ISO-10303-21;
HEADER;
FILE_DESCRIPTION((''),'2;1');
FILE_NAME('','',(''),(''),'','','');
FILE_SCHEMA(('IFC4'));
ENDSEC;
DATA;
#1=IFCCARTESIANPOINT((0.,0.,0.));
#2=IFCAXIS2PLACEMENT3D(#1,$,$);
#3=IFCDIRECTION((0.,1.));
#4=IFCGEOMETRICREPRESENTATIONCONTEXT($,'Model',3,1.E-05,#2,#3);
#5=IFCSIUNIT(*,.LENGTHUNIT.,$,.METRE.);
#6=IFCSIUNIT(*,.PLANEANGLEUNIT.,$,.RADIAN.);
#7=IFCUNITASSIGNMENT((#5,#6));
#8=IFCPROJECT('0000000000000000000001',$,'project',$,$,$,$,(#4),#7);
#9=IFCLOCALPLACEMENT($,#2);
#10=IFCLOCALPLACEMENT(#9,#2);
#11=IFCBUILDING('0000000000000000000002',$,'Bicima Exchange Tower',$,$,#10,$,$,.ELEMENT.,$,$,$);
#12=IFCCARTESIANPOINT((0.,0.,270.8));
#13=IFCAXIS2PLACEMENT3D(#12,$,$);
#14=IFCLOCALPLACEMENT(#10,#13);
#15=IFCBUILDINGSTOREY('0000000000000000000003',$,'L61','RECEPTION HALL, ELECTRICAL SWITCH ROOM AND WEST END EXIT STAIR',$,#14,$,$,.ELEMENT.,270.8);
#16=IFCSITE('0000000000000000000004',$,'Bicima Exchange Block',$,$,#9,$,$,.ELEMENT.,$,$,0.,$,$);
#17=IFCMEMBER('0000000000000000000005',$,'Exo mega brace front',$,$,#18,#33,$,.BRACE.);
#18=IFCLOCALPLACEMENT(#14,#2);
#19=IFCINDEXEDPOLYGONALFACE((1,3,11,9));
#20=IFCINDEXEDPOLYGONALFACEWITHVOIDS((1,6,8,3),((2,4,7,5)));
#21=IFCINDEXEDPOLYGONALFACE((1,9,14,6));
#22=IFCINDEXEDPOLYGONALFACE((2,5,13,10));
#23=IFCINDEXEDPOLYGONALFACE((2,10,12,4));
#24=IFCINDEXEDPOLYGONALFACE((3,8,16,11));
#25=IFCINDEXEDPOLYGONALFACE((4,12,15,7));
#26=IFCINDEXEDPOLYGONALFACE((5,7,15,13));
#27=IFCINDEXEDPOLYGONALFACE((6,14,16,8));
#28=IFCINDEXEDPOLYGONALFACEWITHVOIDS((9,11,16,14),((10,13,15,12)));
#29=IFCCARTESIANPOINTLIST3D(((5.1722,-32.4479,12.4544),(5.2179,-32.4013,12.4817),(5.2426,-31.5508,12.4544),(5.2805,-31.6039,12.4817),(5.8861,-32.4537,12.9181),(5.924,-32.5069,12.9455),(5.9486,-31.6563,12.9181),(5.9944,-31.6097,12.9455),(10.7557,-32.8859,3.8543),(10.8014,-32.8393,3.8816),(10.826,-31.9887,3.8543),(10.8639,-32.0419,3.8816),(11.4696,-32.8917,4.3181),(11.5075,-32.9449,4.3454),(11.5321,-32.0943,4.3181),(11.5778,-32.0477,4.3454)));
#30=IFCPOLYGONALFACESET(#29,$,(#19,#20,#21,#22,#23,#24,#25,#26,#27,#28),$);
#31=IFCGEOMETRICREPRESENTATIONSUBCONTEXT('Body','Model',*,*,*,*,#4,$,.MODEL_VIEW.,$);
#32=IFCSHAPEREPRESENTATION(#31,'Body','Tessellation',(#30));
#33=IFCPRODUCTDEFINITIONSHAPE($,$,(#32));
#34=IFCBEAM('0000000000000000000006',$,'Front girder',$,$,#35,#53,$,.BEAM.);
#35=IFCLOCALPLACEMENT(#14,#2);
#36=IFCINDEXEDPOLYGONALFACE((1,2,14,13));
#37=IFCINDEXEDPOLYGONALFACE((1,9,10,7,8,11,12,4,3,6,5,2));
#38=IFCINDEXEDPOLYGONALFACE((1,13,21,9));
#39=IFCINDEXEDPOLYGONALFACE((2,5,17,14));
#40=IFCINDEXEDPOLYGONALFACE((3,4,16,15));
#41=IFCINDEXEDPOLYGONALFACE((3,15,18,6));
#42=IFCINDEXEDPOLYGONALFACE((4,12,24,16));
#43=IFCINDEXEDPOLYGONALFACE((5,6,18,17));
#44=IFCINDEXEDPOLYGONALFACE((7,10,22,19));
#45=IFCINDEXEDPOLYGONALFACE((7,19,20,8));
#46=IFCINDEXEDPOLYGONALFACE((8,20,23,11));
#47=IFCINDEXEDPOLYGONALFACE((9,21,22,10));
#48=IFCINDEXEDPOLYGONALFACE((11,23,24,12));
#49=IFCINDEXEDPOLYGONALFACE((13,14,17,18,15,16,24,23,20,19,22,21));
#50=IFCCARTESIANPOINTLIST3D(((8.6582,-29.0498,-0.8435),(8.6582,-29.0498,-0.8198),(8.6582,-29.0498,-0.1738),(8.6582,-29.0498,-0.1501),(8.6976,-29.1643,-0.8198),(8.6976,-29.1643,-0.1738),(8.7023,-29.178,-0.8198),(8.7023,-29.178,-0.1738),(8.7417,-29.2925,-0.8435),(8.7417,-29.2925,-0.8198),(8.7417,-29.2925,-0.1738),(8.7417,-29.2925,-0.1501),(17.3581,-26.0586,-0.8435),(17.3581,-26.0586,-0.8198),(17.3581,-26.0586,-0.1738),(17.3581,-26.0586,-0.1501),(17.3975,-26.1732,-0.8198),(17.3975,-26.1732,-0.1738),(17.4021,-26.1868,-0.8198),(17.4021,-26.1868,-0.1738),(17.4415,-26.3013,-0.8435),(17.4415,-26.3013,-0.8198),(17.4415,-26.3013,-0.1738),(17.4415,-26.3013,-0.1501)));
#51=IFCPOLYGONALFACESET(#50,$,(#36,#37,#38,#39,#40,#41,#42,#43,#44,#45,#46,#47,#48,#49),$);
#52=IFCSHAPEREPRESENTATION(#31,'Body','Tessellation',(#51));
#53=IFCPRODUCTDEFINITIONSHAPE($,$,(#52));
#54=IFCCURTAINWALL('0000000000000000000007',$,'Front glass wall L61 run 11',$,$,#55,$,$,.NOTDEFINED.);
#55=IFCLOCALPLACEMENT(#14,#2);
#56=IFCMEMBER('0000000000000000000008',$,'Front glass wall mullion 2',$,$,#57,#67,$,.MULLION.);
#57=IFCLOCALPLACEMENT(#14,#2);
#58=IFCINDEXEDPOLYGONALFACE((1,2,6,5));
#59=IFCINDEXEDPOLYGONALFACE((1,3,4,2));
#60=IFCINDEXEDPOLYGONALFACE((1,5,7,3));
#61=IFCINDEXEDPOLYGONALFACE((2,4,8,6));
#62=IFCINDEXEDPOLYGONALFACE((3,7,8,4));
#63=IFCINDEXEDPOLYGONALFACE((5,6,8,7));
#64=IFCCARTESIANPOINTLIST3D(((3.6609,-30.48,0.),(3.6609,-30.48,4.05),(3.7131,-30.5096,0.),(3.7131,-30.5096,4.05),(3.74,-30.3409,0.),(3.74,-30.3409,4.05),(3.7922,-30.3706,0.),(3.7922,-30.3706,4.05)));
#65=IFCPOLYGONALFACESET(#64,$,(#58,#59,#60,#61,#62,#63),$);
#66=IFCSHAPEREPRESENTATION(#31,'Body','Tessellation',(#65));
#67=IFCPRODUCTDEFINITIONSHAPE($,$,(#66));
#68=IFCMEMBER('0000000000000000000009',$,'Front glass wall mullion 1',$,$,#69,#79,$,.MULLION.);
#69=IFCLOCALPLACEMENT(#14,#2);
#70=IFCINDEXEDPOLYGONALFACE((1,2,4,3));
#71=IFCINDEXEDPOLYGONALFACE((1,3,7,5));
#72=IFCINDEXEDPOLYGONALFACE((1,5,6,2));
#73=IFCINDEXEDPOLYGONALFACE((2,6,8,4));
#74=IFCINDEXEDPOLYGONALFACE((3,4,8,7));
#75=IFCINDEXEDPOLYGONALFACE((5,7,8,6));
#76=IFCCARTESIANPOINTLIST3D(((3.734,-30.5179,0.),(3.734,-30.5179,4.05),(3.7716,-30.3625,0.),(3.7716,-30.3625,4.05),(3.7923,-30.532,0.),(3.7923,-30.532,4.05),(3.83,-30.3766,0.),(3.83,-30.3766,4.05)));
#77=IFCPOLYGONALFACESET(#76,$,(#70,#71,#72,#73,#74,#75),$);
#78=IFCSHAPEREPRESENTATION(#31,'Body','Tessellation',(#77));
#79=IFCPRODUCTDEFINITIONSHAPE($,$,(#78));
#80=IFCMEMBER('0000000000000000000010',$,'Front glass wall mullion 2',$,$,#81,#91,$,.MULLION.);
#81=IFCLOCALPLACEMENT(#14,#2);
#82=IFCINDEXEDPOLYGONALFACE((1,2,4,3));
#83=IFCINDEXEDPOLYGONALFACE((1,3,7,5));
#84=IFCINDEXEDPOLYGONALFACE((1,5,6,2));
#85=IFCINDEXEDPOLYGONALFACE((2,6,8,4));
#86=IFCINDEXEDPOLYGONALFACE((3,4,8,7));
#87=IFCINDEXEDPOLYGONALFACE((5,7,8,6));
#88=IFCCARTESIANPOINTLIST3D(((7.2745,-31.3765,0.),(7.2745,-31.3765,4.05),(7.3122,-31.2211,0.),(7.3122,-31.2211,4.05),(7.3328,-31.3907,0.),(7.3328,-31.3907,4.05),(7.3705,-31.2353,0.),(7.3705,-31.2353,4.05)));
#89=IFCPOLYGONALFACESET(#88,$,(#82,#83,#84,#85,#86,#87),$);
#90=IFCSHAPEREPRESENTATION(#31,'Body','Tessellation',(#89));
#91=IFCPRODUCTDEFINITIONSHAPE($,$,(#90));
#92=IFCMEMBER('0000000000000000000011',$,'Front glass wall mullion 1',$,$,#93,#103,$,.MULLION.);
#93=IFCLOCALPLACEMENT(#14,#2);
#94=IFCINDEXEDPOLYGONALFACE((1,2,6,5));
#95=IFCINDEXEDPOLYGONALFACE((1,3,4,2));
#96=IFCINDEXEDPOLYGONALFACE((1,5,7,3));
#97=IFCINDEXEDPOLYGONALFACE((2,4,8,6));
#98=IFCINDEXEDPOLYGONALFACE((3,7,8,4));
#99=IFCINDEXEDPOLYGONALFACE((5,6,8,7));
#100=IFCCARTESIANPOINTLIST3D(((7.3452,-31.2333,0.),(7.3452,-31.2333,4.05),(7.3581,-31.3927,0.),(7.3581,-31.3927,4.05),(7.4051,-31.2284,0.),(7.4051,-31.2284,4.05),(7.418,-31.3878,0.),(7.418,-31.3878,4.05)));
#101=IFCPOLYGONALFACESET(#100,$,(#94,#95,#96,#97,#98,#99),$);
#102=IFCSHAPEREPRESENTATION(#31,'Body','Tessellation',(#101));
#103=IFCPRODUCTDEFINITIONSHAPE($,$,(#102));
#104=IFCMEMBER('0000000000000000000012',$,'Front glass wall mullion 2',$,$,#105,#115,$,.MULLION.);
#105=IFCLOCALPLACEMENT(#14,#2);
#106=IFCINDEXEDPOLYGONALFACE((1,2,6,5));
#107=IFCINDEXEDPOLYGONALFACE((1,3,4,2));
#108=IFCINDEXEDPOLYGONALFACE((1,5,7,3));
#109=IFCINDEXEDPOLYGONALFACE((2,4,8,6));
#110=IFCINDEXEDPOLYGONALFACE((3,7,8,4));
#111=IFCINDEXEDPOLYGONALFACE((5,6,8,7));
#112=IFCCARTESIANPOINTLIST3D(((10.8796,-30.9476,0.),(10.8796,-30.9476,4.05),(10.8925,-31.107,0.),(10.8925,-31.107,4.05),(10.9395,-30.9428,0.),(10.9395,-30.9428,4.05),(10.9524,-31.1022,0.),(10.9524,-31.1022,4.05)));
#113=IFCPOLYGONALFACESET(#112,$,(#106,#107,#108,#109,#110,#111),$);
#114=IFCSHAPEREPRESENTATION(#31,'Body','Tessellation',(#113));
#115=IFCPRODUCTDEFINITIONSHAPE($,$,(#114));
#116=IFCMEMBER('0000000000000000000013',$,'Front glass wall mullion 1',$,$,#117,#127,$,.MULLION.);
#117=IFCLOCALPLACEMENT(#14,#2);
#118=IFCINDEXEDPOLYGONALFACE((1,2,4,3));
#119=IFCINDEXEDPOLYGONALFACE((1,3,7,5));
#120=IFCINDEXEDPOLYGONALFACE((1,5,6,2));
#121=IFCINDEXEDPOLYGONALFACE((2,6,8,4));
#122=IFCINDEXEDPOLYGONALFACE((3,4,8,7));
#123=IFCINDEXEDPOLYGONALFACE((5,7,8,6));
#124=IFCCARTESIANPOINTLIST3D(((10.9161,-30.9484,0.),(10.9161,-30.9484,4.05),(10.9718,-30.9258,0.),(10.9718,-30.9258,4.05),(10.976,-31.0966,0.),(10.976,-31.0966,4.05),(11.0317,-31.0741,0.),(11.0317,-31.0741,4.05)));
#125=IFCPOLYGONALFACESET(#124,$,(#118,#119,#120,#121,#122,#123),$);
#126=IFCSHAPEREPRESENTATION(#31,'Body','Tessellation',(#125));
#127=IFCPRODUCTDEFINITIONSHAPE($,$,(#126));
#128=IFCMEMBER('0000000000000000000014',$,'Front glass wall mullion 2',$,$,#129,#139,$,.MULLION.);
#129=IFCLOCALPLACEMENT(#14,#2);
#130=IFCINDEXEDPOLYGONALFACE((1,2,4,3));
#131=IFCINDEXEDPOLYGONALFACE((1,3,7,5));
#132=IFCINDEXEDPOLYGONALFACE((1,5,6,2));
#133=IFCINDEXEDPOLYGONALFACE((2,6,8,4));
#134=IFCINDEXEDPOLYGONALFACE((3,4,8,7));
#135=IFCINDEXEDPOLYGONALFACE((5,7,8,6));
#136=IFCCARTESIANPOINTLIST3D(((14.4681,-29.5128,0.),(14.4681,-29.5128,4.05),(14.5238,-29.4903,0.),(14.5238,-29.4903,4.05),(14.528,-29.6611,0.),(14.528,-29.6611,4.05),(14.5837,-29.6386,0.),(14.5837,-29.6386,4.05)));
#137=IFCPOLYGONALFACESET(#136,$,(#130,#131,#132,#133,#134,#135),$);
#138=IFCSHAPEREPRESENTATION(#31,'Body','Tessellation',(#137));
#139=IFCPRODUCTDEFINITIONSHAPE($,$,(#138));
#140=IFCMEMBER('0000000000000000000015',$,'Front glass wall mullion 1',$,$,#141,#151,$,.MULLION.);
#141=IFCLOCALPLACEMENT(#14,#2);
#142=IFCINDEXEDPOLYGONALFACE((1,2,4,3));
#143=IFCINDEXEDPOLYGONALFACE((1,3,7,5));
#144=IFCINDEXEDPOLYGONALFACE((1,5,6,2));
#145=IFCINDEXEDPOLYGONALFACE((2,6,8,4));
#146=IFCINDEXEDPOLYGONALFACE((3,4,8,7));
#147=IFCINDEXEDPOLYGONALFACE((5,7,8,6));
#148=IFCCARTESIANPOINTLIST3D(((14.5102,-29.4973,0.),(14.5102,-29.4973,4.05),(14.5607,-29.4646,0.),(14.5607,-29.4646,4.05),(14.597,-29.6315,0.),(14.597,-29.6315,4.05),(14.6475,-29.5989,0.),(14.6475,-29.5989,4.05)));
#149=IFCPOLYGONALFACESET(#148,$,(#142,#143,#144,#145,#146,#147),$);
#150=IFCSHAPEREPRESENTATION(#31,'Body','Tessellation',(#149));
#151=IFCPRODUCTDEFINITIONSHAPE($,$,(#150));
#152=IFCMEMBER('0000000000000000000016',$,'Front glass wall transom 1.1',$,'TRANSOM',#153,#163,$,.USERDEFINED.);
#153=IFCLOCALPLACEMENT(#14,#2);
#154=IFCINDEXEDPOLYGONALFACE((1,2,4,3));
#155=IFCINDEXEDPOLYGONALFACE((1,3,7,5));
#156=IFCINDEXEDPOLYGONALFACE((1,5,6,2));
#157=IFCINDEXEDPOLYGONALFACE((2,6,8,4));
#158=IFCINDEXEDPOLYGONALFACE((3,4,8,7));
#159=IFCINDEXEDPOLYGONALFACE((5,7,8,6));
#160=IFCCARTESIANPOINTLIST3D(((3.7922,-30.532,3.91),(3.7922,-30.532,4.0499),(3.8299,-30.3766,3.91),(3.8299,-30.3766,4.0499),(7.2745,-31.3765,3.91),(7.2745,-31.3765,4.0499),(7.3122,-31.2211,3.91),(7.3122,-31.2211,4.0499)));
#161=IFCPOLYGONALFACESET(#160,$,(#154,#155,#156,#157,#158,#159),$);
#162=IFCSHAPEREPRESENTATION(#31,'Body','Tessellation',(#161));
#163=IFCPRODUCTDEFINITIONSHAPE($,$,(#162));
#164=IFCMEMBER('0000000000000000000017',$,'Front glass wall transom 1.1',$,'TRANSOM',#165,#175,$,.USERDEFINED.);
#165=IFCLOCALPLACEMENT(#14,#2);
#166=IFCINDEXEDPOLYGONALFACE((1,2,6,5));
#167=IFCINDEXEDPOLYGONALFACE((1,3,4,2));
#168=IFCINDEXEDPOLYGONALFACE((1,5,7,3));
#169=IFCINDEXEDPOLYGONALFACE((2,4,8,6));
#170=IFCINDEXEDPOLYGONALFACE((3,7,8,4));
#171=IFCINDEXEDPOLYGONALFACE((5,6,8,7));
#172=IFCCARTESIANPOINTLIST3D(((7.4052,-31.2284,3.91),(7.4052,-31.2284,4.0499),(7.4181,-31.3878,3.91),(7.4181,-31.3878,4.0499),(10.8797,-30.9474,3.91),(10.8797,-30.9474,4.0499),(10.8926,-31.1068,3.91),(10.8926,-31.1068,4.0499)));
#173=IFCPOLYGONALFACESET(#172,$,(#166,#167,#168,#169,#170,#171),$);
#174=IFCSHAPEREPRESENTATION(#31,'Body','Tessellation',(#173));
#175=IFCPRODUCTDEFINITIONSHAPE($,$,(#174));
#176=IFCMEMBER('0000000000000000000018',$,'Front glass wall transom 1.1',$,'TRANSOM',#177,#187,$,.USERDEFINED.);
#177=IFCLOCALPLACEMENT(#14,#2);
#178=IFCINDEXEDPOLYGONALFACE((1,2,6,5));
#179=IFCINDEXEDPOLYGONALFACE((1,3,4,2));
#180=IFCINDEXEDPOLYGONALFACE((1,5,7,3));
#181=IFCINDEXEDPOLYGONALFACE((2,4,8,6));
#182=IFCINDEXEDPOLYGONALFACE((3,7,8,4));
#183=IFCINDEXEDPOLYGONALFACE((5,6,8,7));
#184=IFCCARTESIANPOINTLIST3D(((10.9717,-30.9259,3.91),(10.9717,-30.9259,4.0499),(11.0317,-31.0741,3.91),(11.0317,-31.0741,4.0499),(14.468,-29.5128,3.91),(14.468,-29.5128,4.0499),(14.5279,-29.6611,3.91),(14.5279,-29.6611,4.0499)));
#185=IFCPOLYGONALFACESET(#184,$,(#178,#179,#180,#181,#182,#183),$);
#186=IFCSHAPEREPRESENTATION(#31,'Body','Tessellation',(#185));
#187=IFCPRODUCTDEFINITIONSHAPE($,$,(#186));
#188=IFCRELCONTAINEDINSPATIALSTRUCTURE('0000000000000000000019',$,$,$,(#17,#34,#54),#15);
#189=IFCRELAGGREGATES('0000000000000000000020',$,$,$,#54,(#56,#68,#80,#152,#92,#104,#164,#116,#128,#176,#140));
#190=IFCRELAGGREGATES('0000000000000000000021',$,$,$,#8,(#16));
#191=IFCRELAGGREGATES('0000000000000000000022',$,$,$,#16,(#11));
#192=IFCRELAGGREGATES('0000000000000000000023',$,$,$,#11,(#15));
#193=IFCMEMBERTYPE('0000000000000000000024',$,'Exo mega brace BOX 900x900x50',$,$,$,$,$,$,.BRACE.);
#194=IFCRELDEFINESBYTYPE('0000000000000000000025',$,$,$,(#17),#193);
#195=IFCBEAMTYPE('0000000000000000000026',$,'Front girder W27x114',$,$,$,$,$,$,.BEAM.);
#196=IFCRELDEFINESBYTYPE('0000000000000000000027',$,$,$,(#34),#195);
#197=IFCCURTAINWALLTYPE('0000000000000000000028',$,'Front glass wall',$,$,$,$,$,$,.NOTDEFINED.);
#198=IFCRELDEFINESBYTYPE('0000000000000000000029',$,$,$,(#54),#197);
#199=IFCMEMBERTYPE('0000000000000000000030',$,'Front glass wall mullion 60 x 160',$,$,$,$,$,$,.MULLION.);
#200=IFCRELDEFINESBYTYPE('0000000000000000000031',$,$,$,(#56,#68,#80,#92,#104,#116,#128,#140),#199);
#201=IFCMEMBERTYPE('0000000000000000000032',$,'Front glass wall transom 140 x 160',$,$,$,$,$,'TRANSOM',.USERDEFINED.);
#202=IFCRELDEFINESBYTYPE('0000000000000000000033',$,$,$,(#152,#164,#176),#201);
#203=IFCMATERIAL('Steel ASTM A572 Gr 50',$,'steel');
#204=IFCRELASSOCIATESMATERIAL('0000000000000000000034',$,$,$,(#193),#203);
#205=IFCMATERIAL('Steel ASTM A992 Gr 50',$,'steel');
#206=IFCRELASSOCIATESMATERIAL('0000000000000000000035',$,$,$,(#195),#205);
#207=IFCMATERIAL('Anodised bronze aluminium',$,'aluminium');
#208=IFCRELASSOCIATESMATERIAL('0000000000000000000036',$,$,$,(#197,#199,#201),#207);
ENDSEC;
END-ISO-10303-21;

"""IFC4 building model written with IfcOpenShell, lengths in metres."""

from ifc_helpers import new_model, si_unit, direction, frame, origin, origin_2d, place, context, subcontext, project, spatial, rectangle, hollow_rectangle, i_section, extrude, material, material_profile, profile_set, type_object, element, aggregate, save


model = new_model("IFC4")

# Units and contexts
model_context = context("Model", 3, precision=1e-05, world=origin(), true_north=direction((0.0, 1.0)))
body_context = subcontext(model_context, "Body", "Model", "MODEL_VIEW")
ifc_project = project(units=[si_unit("LENGTHUNIT", "METRE"), si_unit("PLANEANGLEUNIT", "RADIAN")], contexts=[model_context])

# Site, building, storey
site_placement = place(None, origin())
site = spatial("IfcSite", under=ifc_project, at=site_placement, Name="Bicima Exchange Block", CompositionType="ELEMENT", RefElevation=0.0)
building_placement = place(site_placement, origin())
building = spatial("IfcBuilding", under=site, at=building_placement, Name="Bicima Exchange Tower", CompositionType="ELEMENT")
storey_placement = place(building_placement, frame((0.0, 0.0, 270.8)))
storey = spatial("IfcBuildingStorey", under=building, at=storey_placement, Name="L61", Description="RECEPTION HALL, ELECTRICAL SWITCH ROOM AND WEST END EXIT STAIR", CompositionType="ELEMENT", Elevation=270.8)

# Member
ifc_material_1 = material(Name="Steel ASTM A572 Gr 50", Category="steel")
ifc_material_profile_1 = material_profile(ifc_material_1, hollow_rectangle(XDim=0.8999, YDim=0.8999, WallThickness=0.05, at=origin_2d()))
ifc_profile_set_1 = profile_set([ifc_material_profile_1], Name="Steel ASTM A572 Gr 50")
member_type_1 = type_object("IfcMemberType", Name="Exo mega brace BOX 900x900x50", PredefinedType="BRACE", material=ifc_profile_set_1)
member_1_placement = place(storey_placement, frame((11.1667, -32.4668, 4.0999), z_axis=(-0.544042, 0.042676, 0.837972), x_axis=(-0.078203, -0.996937, 0.0)))
element("IfcMember", 1, at=member_1_placement, inside=storey, type_object=member_type_1, Name="Exo mega brace front", PredefinedType="BRACE", context=body_context, shape_type="SweptSolid", body=[
    extrude(hollow_rectangle(XDim=0.8999, YDim=0.8999, WallThickness=0.05, at=origin_2d()), origin(), (0.0, 0.0, 1.0), 10.2629),
])

# Beam
ifc_material_2 = material(Name="Steel ASTM A992 Gr 50", Category="steel")
ifc_material_profile_2 = material_profile(ifc_material_2, i_section(OverallWidth=0.2566, OverallDepth=0.6934, WebThickness=0.0144, FlangeThickness=0.0237, at=origin_2d()))
ifc_profile_set_2 = profile_set([ifc_material_profile_2], Name="Steel ASTM A992 Gr 50")
beam_type = type_object("IfcBeamType", Name="Front girder W27x114", PredefinedType="BEAM", material=ifc_profile_set_2)
beam_placement = place(storey_placement, frame((8.7, -29.1711, -0.4968), z_axis=(0.945666, 0.325138, 0.0), x_axis=(-0.325138, 0.945666, 0.0)))
element("IfcBeam", 2, at=beam_placement, inside=storey, type_object=beam_type, Name="Front girder", PredefinedType="BEAM", context=body_context, shape_type="SweptSolid", body=[
    extrude(i_section(OverallWidth=0.2566, OverallDepth=0.6934, WebThickness=0.0144, FlangeThickness=0.0237, at=origin_2d()), origin(), (0.0, 0.0, 1.0), 9.1997),
])

# Curtain wall, members
ifc_material_3 = material(Name="Anodised bronze aluminium", Category="aluminium")
curtain_wall_type = type_object("IfcCurtainWallType", Name="Front glass wall", PredefinedType="NOTDEFINED", material=ifc_material_3)
curtain_wall_placement = place(storey_placement, origin())
curtain_wall = element("IfcCurtainWall", 3, at=curtain_wall_placement, inside=storey, type_object=curtain_wall_type, Name="Front glass wall L61 run 11", PredefinedType="NOTDEFINED")
ifc_material_profile_3 = material_profile(ifc_material_3, rectangle(XDim=0.1599, YDim=0.0601, at=origin_2d()))
ifc_profile_set_3 = profile_set([ifc_material_profile_3], Name="Anodised bronze aluminium")
member_type_2 = type_object("IfcMemberType", Name="Front glass wall mullion 60 x 160", PredefinedType="MULLION", material=ifc_profile_set_3)
member_2_placement = place(storey_placement, frame((3.7266, -30.4253, 0.0), z_axis=(0.0, 0.0, 1.0), x_axis=(0.49433, 0.869274, 0.0)))
member_2 = element("IfcMember", 4, at=member_2_placement, type_object=member_type_2, Name="Front glass wall mullion 2", PredefinedType="MULLION", context=body_context, shape_type="SweptSolid", body=[
    extrude(rectangle(XDim=0.1599, YDim=0.0601, at=origin_2d()), origin(), (0.0, 0.0, 1.0), 4.05),
])
member_3_placement = place(storey_placement, frame((3.782, -30.4473, 0.0), z_axis=(0.0, 0.0, 1.0), x_axis=(0.235682, 0.97183, 0.0)))
member_3 = element("IfcMember", 5, at=member_3_placement, type_object=member_type_2, Name="Front glass wall mullion 1", PredefinedType="MULLION", context=body_context, shape_type="SweptSolid", body=[
    extrude(rectangle(XDim=0.1599, YDim=0.0601, at=origin_2d()), origin(), (0.0, 0.0, 1.0), 4.05),
])
member_4_placement = place(storey_placement, frame((7.3225, -31.3059, 0.0), z_axis=(0.0, 0.0, 1.0), x_axis=(0.235682, 0.97183, 0.0)))
member_4 = element("IfcMember", 6, at=member_4_placement, type_object=member_type_2, Name="Front glass wall mullion 2", PredefinedType="MULLION", context=body_context, shape_type="SweptSolid", body=[
    extrude(rectangle(XDim=0.1599, YDim=0.0601, at=origin_2d()), origin(), (0.0, 0.0, 1.0), 4.05),
])
member_5_placement = place(storey_placement, frame((7.3816, -31.3105, 0.0), z_axis=(0.0, 0.0, 1.0), x_axis=(-0.080589, 0.996747, 0.0)))
member_5 = element("IfcMember", 7, at=member_5_placement, type_object=member_type_2, Name="Front glass wall mullion 1", PredefinedType="MULLION", context=body_context, shape_type="SweptSolid", body=[
    extrude(rectangle(XDim=0.1599, YDim=0.0601, at=origin_2d()), origin(), (0.0, 0.0, 1.0), 4.05),
])
member_6_placement = place(storey_placement, frame((10.916, -31.0249, 0.0), z_axis=(0.0, 0.0, 1.0), x_axis=(-0.080589, 0.996747, 0.0)))
member_6 = element("IfcMember", 8, at=member_6_placement, type_object=member_type_2, Name="Front glass wall mullion 2", PredefinedType="MULLION", context=body_context, shape_type="SweptSolid", body=[
    extrude(rectangle(XDim=0.1599, YDim=0.0601, at=origin_2d()), origin(), (0.0, 0.0, 1.0), 4.05),
])
member_7_placement = place(storey_placement, frame((10.9739, -31.0112, 0.0), z_axis=(0.0, 0.0, 1.0), x_axis=(-0.374705, 0.927144, 0.0)))
member_7 = element("IfcMember", 9, at=member_7_placement, type_object=member_type_2, Name="Front glass wall mullion 1", PredefinedType="MULLION", context=body_context, shape_type="SweptSolid", body=[
    extrude(rectangle(XDim=0.1599, YDim=0.0601, at=origin_2d()), origin(), (0.0, 0.0, 1.0), 4.05),
])
member_8_placement = place(storey_placement, frame((14.5259, -29.5757, 0.0), z_axis=(0.0, 0.0, 1.0), x_axis=(-0.374705, 0.927144, 0.0)))
member_8 = element("IfcMember", 10, at=member_8_placement, type_object=member_type_2, Name="Front glass wall mullion 2", PredefinedType="MULLION", context=body_context, shape_type="SweptSolid", body=[
    extrude(rectangle(XDim=0.1599, YDim=0.0601, at=origin_2d()), origin(), (0.0, 0.0, 1.0), 4.05),
])
member_9_placement = place(storey_placement, frame((14.5789, -29.5481, 0.0), z_axis=(0.0, 0.0, 1.0), x_axis=(-0.542909, 0.839791, 0.0)))
member_9 = element("IfcMember", 11, at=member_9_placement, type_object=member_type_2, Name="Front glass wall mullion 1", PredefinedType="MULLION", context=body_context, shape_type="SweptSolid", body=[
    extrude(rectangle(XDim=0.1599, YDim=0.0601, at=origin_2d()), origin(), (0.0, 0.0, 1.0), 4.05),
])
ifc_material_profile_4 = material_profile(ifc_material_3, rectangle(XDim=0.1599, YDim=0.1399, at=origin_2d()))
ifc_profile_set_4 = profile_set([ifc_material_profile_4], Name="Anodised bronze aluminium")
member_type_3 = type_object("IfcMemberType", Name="Front glass wall transom 140 x 160", ElementType="TRANSOM", PredefinedType="USERDEFINED", material=ifc_profile_set_4)
member_10_placement = place(storey_placement, frame((3.811, -30.4543, 3.98), z_axis=(0.971834, -0.235668, 0.0), x_axis=(0.235668, 0.971834, 0.0)))
member_10 = element("IfcMember", 12, at=member_10_placement, type_object=member_type_3, Name="Front glass wall transom 1.1", ObjectType="TRANSOM", PredefinedType="USERDEFINED", context=body_context, shape_type="SweptSolid", body=[
    extrude(rectangle(XDim=0.1599, YDim=0.1399, at=origin_2d()), origin(), (0.0, 0.0, 1.0), 3.5833),
])
member_11_placement = place(storey_placement, frame((7.4116, -31.3081, 3.98), z_axis=(0.996746, 0.080611, 0.0), x_axis=(-0.080611, 0.996746, 0.0)))
member_11 = element("IfcMember", 13, at=member_11_placement, type_object=member_type_3, Name="Front glass wall transom 1.1", ObjectType="TRANSOM", PredefinedType="USERDEFINED", context=body_context, shape_type="SweptSolid", body=[
    extrude(rectangle(XDim=0.1599, YDim=0.1399, at=origin_2d()), origin(), (0.0, 0.0, 1.0), 3.4858),
])
member_12_placement = place(storey_placement, frame((11.0017, -31.0, 3.98), z_axis=(0.92714, 0.374715, 0.0), x_axis=(-0.374715, 0.92714, 0.0)))
member_12 = element("IfcMember", 14, at=member_12_placement, type_object=member_type_3, Name="Front glass wall transom 1.1", ObjectType="TRANSOM", PredefinedType="USERDEFINED", context=body_context, shape_type="SweptSolid", body=[
    extrude(rectangle(XDim=0.1599, YDim=0.1399, at=origin_2d()), origin(), (0.0, 0.0, 1.0), 3.771),
])

aggregate(curtain_wall, [member_2, member_3, member_4, member_10, member_5, member_6, member_11, member_7, member_8, member_12, member_9])

save(model, "model.ifc")
